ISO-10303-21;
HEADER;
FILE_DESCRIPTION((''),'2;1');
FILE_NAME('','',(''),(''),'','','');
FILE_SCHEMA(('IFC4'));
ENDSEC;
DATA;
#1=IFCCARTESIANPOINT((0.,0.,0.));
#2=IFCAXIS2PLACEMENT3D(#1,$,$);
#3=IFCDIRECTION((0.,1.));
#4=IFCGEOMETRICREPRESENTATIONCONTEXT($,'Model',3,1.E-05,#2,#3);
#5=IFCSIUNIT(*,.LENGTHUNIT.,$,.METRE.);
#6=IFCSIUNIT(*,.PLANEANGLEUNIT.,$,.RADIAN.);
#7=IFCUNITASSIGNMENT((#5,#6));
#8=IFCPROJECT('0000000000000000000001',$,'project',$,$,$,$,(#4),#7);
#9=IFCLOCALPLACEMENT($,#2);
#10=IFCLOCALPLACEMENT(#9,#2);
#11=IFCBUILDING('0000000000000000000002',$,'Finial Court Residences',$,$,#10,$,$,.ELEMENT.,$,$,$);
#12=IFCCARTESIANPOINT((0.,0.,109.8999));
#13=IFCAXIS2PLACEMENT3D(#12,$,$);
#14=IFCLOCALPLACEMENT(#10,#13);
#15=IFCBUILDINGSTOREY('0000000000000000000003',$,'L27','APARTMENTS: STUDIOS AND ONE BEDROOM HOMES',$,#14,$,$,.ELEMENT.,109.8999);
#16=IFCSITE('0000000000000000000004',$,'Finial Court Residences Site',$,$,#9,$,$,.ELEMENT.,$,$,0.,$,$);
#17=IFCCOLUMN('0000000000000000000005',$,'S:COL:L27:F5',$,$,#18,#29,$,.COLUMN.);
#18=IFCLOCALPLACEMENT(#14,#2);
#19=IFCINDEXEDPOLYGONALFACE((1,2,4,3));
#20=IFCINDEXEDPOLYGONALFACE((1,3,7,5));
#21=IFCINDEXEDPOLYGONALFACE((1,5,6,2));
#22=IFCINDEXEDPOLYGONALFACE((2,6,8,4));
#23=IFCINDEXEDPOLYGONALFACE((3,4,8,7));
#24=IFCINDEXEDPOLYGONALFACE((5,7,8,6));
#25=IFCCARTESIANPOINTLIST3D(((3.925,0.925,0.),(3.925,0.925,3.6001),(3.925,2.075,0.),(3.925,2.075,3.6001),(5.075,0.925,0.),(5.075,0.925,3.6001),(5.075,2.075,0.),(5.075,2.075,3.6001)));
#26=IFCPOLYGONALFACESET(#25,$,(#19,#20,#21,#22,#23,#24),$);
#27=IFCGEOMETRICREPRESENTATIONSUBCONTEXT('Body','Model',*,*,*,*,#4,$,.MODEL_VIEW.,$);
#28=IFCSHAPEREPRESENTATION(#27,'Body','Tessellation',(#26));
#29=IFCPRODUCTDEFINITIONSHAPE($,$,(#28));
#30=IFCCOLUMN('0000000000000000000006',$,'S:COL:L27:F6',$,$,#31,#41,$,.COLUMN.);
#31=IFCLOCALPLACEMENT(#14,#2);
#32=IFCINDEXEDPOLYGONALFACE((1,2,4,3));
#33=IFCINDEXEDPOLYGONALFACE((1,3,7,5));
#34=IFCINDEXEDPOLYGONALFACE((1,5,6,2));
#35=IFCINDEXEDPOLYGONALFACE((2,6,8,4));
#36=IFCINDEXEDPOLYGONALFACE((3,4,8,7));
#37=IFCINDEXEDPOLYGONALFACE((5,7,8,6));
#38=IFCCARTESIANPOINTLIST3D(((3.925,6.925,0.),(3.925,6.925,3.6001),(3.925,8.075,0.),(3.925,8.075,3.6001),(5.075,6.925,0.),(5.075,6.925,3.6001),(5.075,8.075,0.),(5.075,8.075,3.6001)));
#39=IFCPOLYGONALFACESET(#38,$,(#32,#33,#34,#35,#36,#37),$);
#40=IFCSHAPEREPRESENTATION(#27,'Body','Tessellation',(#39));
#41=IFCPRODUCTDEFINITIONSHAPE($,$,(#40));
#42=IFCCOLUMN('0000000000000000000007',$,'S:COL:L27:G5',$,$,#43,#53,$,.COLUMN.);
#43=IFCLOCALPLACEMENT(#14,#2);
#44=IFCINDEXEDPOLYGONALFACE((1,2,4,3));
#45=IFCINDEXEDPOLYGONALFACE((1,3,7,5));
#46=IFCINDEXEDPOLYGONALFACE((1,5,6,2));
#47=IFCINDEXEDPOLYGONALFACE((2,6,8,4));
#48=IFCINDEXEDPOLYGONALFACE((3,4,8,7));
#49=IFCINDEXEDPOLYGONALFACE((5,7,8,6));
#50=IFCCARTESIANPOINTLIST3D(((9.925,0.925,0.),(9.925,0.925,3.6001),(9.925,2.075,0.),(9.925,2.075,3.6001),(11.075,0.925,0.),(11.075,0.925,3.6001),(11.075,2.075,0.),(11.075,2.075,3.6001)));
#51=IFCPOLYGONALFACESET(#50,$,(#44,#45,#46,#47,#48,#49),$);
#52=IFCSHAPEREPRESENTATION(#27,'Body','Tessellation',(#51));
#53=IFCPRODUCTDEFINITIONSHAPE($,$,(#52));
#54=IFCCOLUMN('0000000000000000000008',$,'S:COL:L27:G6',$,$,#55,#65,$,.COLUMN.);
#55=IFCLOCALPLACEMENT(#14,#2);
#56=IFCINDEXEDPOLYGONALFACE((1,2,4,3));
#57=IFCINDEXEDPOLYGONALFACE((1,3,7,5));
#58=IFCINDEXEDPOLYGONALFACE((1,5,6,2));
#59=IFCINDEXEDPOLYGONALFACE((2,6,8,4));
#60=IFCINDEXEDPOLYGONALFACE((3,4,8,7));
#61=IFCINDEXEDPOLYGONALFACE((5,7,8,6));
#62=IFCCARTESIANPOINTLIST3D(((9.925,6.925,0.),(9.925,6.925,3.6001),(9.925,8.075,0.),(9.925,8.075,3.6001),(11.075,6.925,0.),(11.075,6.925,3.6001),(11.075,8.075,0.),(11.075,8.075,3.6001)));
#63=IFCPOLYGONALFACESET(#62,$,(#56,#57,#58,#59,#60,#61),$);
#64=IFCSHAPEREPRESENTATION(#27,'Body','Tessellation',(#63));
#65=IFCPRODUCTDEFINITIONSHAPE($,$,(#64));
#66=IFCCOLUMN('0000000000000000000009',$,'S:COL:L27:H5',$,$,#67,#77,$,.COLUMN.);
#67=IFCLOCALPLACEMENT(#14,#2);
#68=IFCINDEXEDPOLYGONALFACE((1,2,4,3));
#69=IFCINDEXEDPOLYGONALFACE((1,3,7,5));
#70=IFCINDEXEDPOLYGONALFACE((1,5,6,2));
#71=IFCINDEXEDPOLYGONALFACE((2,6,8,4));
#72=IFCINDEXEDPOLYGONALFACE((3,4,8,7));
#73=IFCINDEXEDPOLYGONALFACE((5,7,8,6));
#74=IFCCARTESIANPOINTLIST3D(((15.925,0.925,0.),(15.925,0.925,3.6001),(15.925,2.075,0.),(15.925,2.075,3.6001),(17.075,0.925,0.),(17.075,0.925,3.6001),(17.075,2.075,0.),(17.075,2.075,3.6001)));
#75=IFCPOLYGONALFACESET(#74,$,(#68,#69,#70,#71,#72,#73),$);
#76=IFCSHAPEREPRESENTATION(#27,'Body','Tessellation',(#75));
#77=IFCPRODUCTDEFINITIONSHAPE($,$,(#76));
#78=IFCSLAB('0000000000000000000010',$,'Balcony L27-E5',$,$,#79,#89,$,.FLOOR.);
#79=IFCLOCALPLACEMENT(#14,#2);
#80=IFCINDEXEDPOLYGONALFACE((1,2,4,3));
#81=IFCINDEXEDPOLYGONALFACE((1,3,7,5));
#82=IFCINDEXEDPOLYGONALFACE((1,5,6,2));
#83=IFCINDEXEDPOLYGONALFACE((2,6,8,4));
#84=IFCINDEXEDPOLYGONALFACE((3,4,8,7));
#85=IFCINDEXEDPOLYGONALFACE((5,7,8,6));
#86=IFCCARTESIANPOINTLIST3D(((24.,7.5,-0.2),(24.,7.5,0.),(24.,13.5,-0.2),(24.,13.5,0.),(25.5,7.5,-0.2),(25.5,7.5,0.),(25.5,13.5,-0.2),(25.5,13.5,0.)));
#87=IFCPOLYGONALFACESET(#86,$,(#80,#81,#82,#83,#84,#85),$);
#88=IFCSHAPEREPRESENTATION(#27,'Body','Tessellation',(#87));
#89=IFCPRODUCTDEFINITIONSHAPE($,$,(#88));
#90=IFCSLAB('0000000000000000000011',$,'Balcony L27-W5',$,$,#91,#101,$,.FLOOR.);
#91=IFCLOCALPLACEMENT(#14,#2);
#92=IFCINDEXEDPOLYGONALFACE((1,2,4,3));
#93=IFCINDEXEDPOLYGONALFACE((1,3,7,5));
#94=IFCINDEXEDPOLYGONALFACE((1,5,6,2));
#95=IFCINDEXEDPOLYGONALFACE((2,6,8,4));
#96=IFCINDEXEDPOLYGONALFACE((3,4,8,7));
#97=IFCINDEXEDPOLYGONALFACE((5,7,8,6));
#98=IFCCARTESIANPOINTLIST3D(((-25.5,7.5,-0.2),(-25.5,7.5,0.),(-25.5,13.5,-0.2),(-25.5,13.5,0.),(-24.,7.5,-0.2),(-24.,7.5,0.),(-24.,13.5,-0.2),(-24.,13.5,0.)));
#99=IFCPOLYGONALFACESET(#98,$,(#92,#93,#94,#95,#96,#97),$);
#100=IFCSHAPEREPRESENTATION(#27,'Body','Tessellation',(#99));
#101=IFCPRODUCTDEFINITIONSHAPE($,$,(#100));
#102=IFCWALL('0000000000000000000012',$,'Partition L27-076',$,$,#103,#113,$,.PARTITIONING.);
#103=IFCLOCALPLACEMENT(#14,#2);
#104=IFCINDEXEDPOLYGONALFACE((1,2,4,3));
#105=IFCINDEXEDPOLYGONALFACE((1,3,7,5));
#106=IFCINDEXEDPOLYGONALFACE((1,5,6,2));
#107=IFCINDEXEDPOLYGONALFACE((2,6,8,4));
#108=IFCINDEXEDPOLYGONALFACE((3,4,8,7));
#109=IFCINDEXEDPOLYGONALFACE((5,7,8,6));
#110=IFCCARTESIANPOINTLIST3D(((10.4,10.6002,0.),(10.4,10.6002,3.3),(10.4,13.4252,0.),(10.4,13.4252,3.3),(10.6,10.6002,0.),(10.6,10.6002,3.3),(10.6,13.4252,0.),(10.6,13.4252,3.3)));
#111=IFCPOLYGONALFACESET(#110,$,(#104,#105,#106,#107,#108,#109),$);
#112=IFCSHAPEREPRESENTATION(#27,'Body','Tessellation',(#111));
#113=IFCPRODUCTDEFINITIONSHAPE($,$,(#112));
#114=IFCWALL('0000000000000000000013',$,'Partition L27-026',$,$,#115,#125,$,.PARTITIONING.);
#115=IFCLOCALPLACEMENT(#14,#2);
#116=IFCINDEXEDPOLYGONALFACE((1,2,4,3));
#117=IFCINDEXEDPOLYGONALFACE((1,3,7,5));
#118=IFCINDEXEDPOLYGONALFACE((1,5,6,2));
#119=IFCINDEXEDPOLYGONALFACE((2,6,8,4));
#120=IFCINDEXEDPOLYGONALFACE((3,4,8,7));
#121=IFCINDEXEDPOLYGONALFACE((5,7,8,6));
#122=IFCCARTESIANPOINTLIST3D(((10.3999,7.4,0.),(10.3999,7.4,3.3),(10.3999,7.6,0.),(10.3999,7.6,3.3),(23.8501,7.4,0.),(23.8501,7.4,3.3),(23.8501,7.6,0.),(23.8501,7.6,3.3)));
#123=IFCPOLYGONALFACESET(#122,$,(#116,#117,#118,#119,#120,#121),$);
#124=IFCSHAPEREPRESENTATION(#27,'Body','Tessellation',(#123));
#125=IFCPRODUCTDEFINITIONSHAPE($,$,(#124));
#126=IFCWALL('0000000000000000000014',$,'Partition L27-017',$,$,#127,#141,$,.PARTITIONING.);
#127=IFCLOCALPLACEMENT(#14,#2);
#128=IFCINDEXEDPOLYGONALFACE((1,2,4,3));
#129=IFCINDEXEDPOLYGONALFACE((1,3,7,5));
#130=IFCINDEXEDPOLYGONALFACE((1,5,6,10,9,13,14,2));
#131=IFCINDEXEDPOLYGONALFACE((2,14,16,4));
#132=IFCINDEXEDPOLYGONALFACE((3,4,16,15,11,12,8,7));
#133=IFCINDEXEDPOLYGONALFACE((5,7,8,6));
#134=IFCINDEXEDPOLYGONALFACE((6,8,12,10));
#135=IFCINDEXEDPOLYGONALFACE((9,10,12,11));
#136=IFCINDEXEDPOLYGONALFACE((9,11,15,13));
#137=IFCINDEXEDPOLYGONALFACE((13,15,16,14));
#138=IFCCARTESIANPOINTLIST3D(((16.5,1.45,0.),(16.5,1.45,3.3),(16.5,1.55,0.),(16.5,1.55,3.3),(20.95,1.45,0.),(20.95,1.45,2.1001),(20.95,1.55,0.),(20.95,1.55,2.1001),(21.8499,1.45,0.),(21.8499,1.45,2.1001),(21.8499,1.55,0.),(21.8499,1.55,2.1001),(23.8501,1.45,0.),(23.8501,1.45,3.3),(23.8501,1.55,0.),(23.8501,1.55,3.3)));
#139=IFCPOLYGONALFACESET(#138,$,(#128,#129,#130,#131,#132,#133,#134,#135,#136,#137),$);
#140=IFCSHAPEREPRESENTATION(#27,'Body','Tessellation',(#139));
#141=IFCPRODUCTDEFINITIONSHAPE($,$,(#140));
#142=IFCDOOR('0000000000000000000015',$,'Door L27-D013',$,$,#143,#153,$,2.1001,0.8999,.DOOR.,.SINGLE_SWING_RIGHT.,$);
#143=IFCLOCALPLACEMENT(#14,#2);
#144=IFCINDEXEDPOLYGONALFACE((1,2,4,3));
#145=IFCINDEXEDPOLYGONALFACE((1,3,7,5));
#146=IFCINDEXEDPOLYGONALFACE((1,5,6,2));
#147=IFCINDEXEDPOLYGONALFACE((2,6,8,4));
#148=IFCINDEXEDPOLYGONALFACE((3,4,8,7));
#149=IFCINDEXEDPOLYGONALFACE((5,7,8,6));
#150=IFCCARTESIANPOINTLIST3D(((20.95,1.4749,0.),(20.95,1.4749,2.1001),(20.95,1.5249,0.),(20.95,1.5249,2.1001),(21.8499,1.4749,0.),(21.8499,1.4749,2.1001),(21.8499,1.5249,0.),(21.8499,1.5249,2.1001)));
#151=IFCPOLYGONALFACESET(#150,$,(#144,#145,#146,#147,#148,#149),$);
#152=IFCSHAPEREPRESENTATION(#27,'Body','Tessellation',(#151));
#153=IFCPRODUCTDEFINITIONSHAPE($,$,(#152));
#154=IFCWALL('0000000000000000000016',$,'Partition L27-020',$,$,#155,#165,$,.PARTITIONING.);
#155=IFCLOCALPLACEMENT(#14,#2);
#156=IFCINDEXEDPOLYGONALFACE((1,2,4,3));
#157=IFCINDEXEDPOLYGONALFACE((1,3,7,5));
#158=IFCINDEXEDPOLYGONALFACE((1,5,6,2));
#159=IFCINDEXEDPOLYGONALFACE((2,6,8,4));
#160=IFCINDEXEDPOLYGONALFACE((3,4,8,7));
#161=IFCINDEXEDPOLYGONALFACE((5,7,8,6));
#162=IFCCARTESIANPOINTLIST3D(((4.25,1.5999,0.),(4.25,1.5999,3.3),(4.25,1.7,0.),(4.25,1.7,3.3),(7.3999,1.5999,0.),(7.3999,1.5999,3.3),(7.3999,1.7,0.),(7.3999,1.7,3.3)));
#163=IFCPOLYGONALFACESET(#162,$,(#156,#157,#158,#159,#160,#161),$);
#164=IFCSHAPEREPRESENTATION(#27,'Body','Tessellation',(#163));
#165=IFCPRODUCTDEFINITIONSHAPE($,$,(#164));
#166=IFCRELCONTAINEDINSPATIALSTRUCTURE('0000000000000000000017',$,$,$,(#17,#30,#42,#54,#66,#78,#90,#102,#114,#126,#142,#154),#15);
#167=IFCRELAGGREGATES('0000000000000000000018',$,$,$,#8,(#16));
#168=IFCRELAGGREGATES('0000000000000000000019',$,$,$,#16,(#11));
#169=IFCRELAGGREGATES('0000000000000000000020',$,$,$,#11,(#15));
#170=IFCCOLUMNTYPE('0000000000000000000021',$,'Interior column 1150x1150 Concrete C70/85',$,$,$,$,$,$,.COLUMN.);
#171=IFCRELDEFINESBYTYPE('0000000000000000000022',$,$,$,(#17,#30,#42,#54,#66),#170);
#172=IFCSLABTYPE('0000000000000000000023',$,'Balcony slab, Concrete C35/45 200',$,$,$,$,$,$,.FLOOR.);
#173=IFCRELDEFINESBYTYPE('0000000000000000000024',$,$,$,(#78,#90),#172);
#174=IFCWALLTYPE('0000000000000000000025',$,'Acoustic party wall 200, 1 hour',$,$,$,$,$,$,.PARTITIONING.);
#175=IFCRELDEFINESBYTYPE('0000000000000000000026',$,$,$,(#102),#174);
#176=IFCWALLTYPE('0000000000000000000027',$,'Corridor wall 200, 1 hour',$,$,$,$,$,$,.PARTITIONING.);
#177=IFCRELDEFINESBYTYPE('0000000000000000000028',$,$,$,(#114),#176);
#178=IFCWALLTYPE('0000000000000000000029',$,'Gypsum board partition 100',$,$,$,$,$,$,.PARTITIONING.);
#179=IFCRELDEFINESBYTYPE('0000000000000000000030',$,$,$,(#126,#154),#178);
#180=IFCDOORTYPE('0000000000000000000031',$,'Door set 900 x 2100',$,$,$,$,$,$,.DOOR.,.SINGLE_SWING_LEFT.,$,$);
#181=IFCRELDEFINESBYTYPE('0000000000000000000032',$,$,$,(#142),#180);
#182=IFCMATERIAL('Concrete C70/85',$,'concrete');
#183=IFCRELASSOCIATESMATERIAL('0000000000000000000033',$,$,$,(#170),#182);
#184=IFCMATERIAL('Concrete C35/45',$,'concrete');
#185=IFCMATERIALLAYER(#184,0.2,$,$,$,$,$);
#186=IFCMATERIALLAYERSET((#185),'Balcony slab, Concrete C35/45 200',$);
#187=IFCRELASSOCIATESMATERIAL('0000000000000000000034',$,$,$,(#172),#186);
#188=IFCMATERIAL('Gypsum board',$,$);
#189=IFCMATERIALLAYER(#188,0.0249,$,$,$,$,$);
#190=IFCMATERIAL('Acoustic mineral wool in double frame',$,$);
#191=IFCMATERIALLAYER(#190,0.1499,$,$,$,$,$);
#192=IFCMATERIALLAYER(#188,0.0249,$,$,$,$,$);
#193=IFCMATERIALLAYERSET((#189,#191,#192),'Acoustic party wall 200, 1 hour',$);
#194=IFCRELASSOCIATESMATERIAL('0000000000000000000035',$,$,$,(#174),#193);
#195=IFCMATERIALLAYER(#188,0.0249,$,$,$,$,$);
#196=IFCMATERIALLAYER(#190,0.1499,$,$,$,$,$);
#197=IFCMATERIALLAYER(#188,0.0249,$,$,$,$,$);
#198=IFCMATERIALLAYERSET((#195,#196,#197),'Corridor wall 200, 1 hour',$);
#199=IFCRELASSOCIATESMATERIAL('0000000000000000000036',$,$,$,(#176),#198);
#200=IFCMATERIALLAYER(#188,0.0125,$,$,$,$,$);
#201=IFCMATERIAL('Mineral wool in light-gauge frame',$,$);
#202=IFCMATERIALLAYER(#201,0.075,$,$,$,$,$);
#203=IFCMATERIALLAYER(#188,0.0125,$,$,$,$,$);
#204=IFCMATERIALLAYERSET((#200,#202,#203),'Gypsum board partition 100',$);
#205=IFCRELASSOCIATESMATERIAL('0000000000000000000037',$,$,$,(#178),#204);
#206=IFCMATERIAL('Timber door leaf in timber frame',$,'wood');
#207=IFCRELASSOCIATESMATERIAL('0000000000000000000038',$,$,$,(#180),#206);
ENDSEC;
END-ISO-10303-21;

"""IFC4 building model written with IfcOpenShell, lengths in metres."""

from ifc_helpers import new_model, si_unit, direction, frame, frame_2d, origin, origin_2d, place, context, subcontext, project, spatial, polyline, rectangle, outline, extrude, material, layer, layer_set, material_profile, profile_set, type_object, element, fill, save


model = new_model("IFC4")

# Units and contexts
model_context = context("Model", 3, precision=1e-05, world=origin(), true_north=direction((0.0, 1.0)))
body_context = subcontext(model_context, "Body", "Model", "MODEL_VIEW")
ifc_project = project(units=[si_unit("LENGTHUNIT", "METRE"), si_unit("PLANEANGLEUNIT", "RADIAN")], contexts=[model_context])

# Site, building, storey
site_placement = place(None, origin())
site = spatial("IfcSite", under=ifc_project, at=site_placement, Name="Finial Court Residences Site", CompositionType="ELEMENT", RefElevation=0.0)
building_placement = place(site_placement, origin())
building = spatial("IfcBuilding", under=site, at=building_placement, Name="Finial Court Residences", CompositionType="ELEMENT")
storey_placement = place(building_placement, frame((0.0, 0.0, 109.8999)))
storey = spatial("IfcBuildingStorey", under=building, at=storey_placement, Name="L27", Description="APARTMENTS: STUDIOS AND ONE BEDROOM HOMES", CompositionType="ELEMENT", Elevation=109.8999)

# Columns
ifc_material_1 = material(Name="Concrete C70/85", Category="concrete")
ifc_material_profile = material_profile(ifc_material_1, rectangle(XDim=1.1499, YDim=1.1499, at=origin_2d()), Name="1150x1150")
ifc_profile_set = profile_set([ifc_material_profile], Name="Concrete C70/85")
column_type = type_object("IfcColumnType", Name="Interior column 1150x1150 Concrete C70/85", PredefinedType="COLUMN", material=ifc_profile_set)
for number, where, z_axis, x_axis, name in (
    (1, (4.5, 1.5, 0.0), (0.0, 0.0, 1.0), (1.0, 0.0, 0.0), "S:COL:L27:F5"),
    (2, (4.5, 7.5, 0.0), (0.0, 0.0, 1.0), (1.0, 0.0, 0.0), "S:COL:L27:F6"),
    (3, (10.5, 1.5, 0.0), (0.0, 0.0, 1.0), (1.0, 0.0, 0.0), "S:COL:L27:G5"),
    (4, (10.5, 7.5, 0.0), (0.0, 0.0, 1.0), (1.0, 0.0, 0.0), "S:COL:L27:G6"),
    (5, (16.5, 1.5, 0.0), (0.0, 0.0, 1.0), (1.0, 0.0, 0.0), "S:COL:L27:H5"),
):
    element("IfcColumn", number, at=place(storey_placement, frame(where, z_axis=z_axis, x_axis=x_axis)), inside=storey, type_object=column_type, Name=name, PredefinedType="COLUMN", context=body_context, shape_type="SweptSolid", body=[
        extrude(rectangle(XDim=1.1499, YDim=1.1499, at=origin_2d()), origin(), (0.0, 0.0, 1.0), 3.6001),
    ])

# Slabs
ifc_material_2 = material(Name="Concrete C35/45", Category="concrete")
ifc_layer_1 = layer(ifc_material_2, 0.2)
ifc_layer_set_1 = layer_set([ifc_layer_1], Name="Balcony slab, Concrete C35/45 200")
slab_type = type_object("IfcSlabType", Name="Balcony slab, Concrete C35/45 200", PredefinedType="FLOOR", material=ifc_layer_set_1)
slab_1_placement = place(storey_placement, frame((0.0, 0.0, -0.2)))
element("IfcSlab", 6, at=slab_1_placement, inside=storey, type_object=slab_type, Name="Balcony L27-E5", PredefinedType="FLOOR", context=body_context, shape_type="SweptSolid", body=[
    extrude(outline(polyline([(25.5, 7.5), (25.5, 13.5), (24.0, 13.5), (24.0, 7.5), (25.5, 7.5)])), origin(), (0.0, 0.0, 1.0), 0.2),
])
slab_2_placement = place(storey_placement, frame((0.0, 0.0, -0.2)))
element("IfcSlab", 7, at=slab_2_placement, inside=storey, type_object=slab_type, Name="Balcony L27-W5", PredefinedType="FLOOR", context=body_context, shape_type="SweptSolid", body=[
    extrude(outline(polyline([(-24.0, 7.5), (-24.0, 13.5), (-25.5, 13.5), (-25.5, 7.5), (-24.0, 7.5)])), origin(), (0.0, 0.0, 1.0), 0.2),
])

# Walls
ifc_material_3 = material(Name="Gypsum board")
ifc_layer_2 = layer(ifc_material_3, 0.0249)
ifc_material_4 = material(Name="Acoustic mineral wool in double frame")
ifc_layer_3 = layer(ifc_material_4, 0.1499)
ifc_layer_4 = layer(ifc_material_3, 0.0249)
ifc_layer_set_2 = layer_set([ifc_layer_2, ifc_layer_3, ifc_layer_4], Name="Acoustic party wall 200, 1 hour")
wall_type_1 = type_object("IfcWallType", Name="Acoustic party wall 200, 1 hour", PredefinedType="PARTITIONING", material=ifc_layer_set_2)
wall_1_placement = place(storey_placement, frame((10.5, 10.6001, 0.0), z_axis=(0.0, 0.0, 1.0), x_axis=(0.0, 1.0, 0.0)))
element("IfcWall", 8, at=wall_1_placement, inside=storey, type_object=wall_type_1, Name="Partition L27-076", PredefinedType="PARTITIONING", context=body_context, shape_type="SweptSolid", body=[
    extrude(rectangle(XDim=2.825, YDim=0.2, at=frame_2d((1.4126, 0.0))), origin(), (0.0, 0.0, 1.0), 3.3),
])
ifc_layer_5 = layer(ifc_material_3, 0.0249)
ifc_layer_6 = layer(ifc_material_4, 0.1499)
ifc_layer_7 = layer(ifc_material_3, 0.0249)
ifc_layer_set_3 = layer_set([ifc_layer_5, ifc_layer_6, ifc_layer_7], Name="Corridor wall 200, 1 hour")
wall_type_2 = type_object("IfcWallType", Name="Corridor wall 200, 1 hour", PredefinedType="PARTITIONING", material=ifc_layer_set_3)
wall_2_placement = place(storey_placement, frame((10.3999, 7.5, 0.0), z_axis=(0.0, 0.0, 1.0), x_axis=(1.0, 0.0, 0.0)))
element("IfcWall", 9, at=wall_2_placement, inside=storey, type_object=wall_type_2, Name="Partition L27-026", PredefinedType="PARTITIONING", context=body_context, shape_type="SweptSolid", body=[
    extrude(rectangle(XDim=13.4502, YDim=0.2, at=frame_2d((6.7251, 0.0))), origin(), (0.0, 0.0, 1.0), 3.3),
])

# Wall, opening, door
ifc_layer_8 = layer(ifc_material_3, 0.0125)
ifc_material_5 = material(Name="Mineral wool in light-gauge frame")
ifc_layer_9 = layer(ifc_material_5, 0.075)
ifc_layer_10 = layer(ifc_material_3, 0.0125)
ifc_layer_set_4 = layer_set([ifc_layer_8, ifc_layer_9, ifc_layer_10], Name="Gypsum board partition 100")
wall_type_3 = type_object("IfcWallType", Name="Gypsum board partition 100", PredefinedType="PARTITIONING", material=ifc_layer_set_4)
wall_3_placement = place(storey_placement, frame((16.5, 1.5, 0.0), z_axis=(0.0, 0.0, 1.0), x_axis=(1.0, 0.0, 0.0)))
wall_3 = element("IfcWall", 10, at=wall_3_placement, inside=storey, type_object=wall_type_3, Name="Partition L27-017", PredefinedType="PARTITIONING", context=body_context, shape_type="SweptSolid", body=[
    extrude(rectangle(XDim=7.3501, YDim=0.1001, at=frame_2d((3.675, 0.0))), origin(), (0.0, 0.0, 1.0), 3.3),
])
opening_1_placement = place(wall_3_placement, frame((4.45, 0.0, 0.0)))
opening_1 = element("IfcOpeningElement", 11, at=opening_1_placement, cuts=wall_3, PredefinedType="OPENING", context=body_context, shape_type="SweptSolid", body=[
    extrude(rectangle(XDim=0.8999, YDim=2.1001, at=frame_2d((0.45, 1.05))), frame((0.0, 0.0601, 0.0), z_axis=(0.0, -1.0, 0.0), x_axis=(1.0, 0.0, 0.0)), (0.0, 0.0, 1.0), 0.1201),
])
ifc_material_6 = material(Name="Timber door leaf in timber frame", Category="wood")
door_type = type_object("IfcDoorType", Name="Door set 900 x 2100", OperationType="SINGLE_SWING_LEFT", PredefinedType="DOOR", material=ifc_material_6)
door_1_placement = place(opening_1_placement, origin())
door_1 = element("IfcDoor", 12, at=door_1_placement, inside=storey, type_object=door_type, Name="Door L27-D013", OperationType="SINGLE_SWING_RIGHT", OverallHeight=2.1001, OverallWidth=0.8999, PredefinedType="DOOR", context=body_context, shape_type="SweptSolid", body=[
    extrude(rectangle(XDim=0.8999, YDim=2.1001, at=frame_2d((0.45, 1.05))), frame((0.0, 0.0249, 0.0), z_axis=(0.0, -1.0, 0.0), x_axis=(1.0, 0.0, 0.0)), (0.0, 0.0, 1.0), 0.05),
])
fill(opening_1, door_1)

# Wall
wall_4_placement = place(storey_placement, frame((4.25, 1.6499, 0.0), z_axis=(0.0, 0.0, 1.0), x_axis=(1.0, 0.0, 0.0)))
element("IfcWall", 13, at=wall_4_placement, inside=storey, type_object=wall_type_3, Name="Partition L27-020", PredefinedType="PARTITIONING", context=body_context, shape_type="SweptSolid", body=[
    extrude(rectangle(XDim=3.1499, YDim=0.1001, at=frame_2d((1.575, 0.0))), origin(), (0.0, 0.0, 1.0), 3.3),
])

save(model, "model.ifc")
